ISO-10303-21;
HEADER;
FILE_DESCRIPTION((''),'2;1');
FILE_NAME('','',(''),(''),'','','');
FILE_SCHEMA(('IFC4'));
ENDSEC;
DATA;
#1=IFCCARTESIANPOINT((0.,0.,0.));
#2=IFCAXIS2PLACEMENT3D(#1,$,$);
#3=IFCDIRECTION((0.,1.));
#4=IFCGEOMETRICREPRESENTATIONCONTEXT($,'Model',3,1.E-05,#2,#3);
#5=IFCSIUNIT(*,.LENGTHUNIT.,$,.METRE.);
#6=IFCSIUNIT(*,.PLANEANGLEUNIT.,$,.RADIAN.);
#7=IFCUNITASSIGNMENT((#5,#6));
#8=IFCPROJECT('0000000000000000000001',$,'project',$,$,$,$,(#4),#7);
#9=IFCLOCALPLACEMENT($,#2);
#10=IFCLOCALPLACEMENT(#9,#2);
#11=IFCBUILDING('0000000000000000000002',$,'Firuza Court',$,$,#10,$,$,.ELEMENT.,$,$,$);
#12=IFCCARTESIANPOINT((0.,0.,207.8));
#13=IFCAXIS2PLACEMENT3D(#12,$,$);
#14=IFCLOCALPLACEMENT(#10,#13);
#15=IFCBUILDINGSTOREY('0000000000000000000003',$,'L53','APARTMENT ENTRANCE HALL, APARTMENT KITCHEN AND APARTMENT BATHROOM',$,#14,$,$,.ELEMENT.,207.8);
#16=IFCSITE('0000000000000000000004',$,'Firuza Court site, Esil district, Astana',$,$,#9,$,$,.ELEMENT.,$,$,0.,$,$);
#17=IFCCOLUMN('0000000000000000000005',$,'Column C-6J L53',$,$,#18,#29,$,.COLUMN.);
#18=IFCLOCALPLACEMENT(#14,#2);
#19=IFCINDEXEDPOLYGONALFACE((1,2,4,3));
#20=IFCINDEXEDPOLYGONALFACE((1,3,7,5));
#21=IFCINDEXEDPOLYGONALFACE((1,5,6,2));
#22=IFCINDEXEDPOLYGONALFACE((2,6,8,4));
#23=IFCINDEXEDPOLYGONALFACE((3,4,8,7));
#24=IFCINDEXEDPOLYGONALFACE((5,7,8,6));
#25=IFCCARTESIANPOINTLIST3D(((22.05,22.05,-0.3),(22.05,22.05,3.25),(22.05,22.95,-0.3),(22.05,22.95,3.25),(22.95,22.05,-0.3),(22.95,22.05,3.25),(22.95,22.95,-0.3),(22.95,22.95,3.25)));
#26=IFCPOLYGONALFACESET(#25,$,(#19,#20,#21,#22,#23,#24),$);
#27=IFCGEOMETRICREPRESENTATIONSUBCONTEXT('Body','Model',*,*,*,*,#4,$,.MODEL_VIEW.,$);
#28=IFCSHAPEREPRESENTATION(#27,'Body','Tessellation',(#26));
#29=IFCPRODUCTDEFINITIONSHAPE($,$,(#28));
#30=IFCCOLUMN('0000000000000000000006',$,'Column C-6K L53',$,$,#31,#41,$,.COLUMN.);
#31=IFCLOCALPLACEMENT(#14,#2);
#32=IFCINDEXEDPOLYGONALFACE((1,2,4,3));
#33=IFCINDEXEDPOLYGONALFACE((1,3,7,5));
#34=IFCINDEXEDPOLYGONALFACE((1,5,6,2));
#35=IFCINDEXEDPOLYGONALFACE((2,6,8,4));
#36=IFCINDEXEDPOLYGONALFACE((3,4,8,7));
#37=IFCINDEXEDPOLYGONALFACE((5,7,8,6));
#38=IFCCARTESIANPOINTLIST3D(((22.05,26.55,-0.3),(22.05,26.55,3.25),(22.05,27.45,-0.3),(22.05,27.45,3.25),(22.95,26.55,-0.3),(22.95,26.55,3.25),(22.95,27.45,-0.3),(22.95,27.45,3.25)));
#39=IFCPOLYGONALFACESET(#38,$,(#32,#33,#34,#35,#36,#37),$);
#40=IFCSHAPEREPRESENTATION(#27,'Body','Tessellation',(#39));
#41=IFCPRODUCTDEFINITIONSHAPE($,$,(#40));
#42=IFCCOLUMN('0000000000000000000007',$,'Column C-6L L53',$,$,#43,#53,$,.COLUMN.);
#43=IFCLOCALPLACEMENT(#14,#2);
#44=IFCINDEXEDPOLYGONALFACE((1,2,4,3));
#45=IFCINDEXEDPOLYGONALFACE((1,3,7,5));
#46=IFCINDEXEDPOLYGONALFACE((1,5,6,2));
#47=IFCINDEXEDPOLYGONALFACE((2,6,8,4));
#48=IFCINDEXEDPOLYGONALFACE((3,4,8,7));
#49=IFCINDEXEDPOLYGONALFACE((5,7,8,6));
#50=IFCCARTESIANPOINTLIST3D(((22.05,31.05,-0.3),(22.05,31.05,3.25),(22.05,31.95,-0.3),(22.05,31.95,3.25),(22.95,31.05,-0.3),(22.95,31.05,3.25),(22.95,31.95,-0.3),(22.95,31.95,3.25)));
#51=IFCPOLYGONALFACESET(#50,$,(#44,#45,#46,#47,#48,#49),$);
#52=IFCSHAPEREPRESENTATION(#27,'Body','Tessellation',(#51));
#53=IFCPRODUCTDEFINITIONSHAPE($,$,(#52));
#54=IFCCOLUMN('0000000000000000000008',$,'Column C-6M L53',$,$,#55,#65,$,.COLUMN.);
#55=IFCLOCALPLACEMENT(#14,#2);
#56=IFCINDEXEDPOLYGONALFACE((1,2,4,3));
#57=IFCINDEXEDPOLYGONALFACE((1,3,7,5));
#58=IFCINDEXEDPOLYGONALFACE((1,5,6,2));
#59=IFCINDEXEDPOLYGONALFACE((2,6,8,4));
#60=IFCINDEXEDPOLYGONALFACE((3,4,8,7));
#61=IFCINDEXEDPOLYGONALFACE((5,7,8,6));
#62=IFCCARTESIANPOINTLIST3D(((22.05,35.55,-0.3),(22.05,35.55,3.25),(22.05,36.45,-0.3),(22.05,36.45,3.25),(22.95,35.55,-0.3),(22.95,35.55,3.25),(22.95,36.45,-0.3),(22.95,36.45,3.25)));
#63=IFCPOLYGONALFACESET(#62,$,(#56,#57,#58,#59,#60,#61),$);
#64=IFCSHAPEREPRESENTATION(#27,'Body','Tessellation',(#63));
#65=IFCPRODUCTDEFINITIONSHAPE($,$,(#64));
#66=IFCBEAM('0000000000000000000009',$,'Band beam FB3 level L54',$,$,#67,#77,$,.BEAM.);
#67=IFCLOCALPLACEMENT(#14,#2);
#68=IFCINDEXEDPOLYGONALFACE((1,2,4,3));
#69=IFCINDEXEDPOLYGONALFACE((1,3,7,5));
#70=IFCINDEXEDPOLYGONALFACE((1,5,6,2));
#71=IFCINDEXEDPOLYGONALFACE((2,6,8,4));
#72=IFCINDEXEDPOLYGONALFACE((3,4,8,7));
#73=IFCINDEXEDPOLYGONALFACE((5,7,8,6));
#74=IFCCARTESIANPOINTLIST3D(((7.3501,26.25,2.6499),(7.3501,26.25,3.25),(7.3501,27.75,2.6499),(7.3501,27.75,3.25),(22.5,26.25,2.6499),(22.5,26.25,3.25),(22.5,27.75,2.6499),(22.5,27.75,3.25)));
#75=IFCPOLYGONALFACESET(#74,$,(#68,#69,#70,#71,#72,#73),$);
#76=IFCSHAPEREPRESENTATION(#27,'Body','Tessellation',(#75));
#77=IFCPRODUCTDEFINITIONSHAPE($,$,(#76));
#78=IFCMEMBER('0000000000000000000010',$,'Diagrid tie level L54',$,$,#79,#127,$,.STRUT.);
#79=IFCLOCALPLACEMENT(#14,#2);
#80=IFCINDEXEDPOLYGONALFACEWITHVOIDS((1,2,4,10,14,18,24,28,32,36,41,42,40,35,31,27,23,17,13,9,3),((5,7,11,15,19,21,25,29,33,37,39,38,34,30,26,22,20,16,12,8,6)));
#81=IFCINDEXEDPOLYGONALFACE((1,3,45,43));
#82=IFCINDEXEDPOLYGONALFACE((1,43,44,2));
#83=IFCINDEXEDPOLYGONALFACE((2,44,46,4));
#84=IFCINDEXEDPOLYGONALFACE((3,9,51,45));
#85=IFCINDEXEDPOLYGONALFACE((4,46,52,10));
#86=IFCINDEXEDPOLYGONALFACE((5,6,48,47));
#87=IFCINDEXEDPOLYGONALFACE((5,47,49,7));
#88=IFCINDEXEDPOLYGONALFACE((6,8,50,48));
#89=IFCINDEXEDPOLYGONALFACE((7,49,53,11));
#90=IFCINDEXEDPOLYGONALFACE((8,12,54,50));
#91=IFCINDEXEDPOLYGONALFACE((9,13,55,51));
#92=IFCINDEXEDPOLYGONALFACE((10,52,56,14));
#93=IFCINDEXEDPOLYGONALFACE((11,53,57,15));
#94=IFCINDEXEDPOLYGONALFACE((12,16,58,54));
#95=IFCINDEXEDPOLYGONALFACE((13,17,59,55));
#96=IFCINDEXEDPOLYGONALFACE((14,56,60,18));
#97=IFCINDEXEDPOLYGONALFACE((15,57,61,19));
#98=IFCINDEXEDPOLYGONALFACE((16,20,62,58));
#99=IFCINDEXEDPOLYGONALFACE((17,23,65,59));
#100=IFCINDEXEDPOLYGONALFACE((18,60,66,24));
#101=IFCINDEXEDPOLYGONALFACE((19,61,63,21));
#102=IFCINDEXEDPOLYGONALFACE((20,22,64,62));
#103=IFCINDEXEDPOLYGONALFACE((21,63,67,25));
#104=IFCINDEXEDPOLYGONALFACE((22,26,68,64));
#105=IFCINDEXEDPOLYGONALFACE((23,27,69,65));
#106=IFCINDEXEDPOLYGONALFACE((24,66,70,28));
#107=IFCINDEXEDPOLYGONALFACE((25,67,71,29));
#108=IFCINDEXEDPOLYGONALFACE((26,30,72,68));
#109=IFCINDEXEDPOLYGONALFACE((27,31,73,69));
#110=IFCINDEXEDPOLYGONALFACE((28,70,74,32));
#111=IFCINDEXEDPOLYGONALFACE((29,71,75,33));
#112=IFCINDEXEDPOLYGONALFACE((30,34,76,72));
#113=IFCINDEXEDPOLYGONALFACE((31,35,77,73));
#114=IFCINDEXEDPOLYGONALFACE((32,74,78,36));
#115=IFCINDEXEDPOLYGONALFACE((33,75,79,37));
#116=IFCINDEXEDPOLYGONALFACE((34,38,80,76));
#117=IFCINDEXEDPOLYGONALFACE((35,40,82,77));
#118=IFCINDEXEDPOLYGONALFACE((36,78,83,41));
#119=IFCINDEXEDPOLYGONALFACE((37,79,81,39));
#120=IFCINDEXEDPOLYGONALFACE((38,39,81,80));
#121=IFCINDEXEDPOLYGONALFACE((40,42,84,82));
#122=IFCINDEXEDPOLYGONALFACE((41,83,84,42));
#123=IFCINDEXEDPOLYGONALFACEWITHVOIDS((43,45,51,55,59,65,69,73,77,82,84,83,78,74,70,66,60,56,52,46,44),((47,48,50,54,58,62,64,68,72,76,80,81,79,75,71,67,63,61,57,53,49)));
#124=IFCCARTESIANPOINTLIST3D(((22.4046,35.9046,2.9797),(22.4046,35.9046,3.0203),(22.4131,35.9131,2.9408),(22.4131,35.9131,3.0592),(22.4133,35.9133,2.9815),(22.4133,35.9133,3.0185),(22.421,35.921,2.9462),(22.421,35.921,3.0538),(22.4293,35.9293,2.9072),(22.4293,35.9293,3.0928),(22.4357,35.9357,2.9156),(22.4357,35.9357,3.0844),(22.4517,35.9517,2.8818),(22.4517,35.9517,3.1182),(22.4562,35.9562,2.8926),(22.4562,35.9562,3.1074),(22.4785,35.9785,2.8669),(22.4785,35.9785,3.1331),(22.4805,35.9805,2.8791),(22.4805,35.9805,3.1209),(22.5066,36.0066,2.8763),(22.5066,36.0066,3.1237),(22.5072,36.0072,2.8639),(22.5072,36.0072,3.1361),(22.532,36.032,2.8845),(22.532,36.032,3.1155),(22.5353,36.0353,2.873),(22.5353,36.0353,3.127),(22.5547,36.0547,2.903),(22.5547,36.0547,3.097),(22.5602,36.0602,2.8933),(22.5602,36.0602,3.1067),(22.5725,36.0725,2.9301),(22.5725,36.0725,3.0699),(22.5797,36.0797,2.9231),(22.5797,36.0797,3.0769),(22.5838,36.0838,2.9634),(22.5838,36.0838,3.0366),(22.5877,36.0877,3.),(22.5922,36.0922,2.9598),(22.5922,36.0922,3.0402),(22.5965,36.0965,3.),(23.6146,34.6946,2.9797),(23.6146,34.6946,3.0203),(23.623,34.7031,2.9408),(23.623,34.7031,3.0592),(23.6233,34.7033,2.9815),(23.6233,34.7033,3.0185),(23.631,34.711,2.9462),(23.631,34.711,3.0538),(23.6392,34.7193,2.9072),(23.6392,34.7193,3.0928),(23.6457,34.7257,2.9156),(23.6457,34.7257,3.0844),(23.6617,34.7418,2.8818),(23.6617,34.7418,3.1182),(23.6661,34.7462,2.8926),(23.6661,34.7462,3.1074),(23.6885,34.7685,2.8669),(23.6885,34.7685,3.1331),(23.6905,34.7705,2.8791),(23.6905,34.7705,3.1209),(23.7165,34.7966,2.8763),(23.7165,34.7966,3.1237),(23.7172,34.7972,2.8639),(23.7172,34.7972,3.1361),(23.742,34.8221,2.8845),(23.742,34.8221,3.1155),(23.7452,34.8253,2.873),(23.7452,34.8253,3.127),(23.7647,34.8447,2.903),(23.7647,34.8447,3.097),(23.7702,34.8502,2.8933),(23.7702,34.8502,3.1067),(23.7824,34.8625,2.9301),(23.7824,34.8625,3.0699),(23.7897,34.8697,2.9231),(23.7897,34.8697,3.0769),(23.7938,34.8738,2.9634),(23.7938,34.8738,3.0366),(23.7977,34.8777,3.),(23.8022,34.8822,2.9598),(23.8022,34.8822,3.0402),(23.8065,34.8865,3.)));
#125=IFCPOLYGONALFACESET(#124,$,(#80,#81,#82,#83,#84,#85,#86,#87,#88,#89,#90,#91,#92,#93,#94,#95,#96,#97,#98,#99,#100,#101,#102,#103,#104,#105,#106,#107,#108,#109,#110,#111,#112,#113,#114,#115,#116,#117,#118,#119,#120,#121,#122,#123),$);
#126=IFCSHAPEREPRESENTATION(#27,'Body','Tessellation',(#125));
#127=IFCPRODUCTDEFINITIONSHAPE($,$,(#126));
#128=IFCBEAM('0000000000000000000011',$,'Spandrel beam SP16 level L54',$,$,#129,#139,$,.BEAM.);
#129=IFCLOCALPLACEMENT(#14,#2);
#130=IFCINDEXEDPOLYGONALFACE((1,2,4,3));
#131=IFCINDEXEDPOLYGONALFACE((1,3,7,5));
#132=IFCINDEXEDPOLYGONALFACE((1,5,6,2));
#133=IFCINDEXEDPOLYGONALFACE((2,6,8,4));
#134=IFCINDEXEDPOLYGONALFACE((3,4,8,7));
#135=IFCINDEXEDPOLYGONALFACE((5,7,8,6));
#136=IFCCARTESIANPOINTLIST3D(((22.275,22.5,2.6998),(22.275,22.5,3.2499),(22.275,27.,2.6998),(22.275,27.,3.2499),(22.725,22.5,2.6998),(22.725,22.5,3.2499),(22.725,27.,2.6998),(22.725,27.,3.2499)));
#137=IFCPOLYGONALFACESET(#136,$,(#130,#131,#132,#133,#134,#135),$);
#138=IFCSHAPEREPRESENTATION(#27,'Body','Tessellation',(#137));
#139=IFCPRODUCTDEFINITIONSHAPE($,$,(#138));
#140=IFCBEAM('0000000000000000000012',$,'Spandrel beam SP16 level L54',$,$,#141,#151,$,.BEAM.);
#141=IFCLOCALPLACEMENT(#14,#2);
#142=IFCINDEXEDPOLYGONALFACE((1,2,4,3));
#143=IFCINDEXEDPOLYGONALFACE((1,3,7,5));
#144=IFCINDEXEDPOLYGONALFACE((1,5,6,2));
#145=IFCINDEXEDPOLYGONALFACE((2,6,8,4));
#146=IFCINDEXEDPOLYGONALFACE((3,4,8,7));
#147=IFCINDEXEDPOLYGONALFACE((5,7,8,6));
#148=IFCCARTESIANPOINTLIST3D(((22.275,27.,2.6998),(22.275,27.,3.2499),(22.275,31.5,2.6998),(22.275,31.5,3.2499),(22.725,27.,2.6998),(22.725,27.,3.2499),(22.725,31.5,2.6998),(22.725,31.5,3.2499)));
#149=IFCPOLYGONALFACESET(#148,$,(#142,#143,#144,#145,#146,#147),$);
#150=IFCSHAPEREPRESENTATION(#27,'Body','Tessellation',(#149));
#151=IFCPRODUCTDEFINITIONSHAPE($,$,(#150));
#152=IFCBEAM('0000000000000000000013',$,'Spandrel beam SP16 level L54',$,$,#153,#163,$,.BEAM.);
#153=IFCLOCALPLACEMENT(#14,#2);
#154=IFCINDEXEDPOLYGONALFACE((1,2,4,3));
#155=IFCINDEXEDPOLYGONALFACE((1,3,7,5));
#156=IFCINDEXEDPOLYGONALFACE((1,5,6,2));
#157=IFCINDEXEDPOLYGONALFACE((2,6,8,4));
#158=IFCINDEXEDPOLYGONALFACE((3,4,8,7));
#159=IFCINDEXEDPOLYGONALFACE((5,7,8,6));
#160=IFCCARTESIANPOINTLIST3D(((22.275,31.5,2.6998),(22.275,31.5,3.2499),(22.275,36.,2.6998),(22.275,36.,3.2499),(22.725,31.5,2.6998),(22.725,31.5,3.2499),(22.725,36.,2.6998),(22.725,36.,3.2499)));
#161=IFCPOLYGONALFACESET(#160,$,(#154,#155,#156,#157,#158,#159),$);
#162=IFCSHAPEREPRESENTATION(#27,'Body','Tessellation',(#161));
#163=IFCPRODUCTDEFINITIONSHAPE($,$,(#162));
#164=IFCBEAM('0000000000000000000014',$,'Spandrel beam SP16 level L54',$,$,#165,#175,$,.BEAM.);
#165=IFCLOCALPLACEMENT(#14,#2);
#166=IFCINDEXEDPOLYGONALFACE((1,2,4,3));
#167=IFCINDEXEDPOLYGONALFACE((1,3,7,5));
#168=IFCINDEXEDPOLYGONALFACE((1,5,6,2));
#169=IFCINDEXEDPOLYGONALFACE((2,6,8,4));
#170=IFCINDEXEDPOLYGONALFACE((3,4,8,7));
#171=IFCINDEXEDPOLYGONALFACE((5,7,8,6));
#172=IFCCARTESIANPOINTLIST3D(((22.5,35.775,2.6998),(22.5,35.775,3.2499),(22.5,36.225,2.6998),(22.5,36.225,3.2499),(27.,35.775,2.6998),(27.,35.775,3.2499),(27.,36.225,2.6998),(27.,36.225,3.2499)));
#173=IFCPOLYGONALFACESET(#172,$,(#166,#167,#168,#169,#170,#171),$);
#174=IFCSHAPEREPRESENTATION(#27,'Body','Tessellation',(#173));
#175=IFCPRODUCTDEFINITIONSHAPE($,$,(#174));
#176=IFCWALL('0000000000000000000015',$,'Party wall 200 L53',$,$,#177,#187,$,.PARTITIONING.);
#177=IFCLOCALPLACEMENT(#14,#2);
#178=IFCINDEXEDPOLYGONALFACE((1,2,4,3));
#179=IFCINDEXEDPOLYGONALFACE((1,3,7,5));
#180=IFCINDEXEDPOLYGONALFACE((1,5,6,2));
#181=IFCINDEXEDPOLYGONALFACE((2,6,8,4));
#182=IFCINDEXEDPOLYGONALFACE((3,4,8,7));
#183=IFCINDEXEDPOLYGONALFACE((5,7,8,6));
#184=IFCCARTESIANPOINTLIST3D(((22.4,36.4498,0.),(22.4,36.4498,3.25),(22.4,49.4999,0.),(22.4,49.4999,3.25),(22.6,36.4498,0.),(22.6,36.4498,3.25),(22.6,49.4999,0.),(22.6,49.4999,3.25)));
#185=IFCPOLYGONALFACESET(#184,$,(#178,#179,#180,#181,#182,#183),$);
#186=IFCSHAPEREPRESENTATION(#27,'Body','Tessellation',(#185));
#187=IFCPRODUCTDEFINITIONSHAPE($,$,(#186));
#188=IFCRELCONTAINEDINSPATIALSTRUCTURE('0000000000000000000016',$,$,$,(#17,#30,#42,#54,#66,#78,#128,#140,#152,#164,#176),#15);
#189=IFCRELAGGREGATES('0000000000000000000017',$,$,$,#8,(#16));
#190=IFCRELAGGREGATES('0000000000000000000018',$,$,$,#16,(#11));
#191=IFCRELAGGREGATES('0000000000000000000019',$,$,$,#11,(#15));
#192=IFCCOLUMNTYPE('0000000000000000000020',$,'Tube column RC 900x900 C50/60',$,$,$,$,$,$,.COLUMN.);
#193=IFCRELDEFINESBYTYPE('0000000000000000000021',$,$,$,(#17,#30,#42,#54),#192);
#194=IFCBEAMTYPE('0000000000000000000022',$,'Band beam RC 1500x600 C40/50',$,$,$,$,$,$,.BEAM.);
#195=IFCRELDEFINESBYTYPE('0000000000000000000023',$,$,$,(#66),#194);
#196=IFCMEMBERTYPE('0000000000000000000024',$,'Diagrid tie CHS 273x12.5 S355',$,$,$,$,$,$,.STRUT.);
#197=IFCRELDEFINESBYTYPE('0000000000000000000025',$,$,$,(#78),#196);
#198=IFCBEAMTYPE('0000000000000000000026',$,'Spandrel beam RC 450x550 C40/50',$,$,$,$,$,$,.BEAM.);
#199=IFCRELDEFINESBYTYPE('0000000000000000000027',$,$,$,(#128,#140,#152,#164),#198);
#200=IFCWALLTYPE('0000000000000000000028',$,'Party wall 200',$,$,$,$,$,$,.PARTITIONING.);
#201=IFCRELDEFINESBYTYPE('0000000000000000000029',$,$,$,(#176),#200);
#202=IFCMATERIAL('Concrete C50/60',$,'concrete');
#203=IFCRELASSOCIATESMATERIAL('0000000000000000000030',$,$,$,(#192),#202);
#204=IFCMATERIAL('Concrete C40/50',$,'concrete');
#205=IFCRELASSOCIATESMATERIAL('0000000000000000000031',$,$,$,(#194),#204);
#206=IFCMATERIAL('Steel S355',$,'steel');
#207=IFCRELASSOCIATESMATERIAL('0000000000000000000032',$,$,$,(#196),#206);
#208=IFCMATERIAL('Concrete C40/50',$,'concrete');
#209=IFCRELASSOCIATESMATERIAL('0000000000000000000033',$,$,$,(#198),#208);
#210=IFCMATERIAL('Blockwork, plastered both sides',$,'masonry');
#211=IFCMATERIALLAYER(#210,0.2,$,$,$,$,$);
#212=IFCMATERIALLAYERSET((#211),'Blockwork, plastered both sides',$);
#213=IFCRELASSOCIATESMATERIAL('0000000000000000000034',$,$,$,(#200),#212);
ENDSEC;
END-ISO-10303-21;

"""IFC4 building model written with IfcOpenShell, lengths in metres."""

from ifc_helpers import new_model, si_unit, direction, frame, frame_2d, origin, origin_2d, place, context, subcontext, project, spatial, rectangle, hollow_circle, extrude, material, layer, layer_set, material_profile, profile_set, type_object, element, save


model = new_model("IFC4")

# Units and contexts
model_context = context("Model", 3, precision=1e-05, world=origin(), true_north=direction((0.0, 1.0)))
body_context = subcontext(model_context, "Body", "Model", "MODEL_VIEW")
ifc_project = project(units=[si_unit("LENGTHUNIT", "METRE"), si_unit("PLANEANGLEUNIT", "RADIAN")], contexts=[model_context])

# Site, building, storey
site_placement = place(None, origin())
site = spatial("IfcSite", under=ifc_project, at=site_placement, Name="Firuza Court site, Esil district, Astana", CompositionType="ELEMENT", RefElevation=0.0)
building_placement = place(site_placement, origin())
building = spatial("IfcBuilding", under=site, at=building_placement, Name="Firuza Court", CompositionType="ELEMENT")
storey_placement = place(building_placement, frame((0.0, 0.0, 207.8)))
storey = spatial("IfcBuildingStorey", under=building, at=storey_placement, Name="L53", Description="APARTMENT ENTRANCE HALL, APARTMENT KITCHEN AND APARTMENT BATHROOM", CompositionType="ELEMENT", Elevation=207.8)

# Columns
ifc_material_1 = material(Name="Concrete C50/60", Category="concrete")
ifc_material_profile_1 = material_profile(ifc_material_1, rectangle(XDim=0.8999, YDim=0.8999, at=origin_2d()), Name="RC 900x900")
ifc_profile_set_1 = profile_set([ifc_material_profile_1], Name="Concrete C50/60")
column_type = type_object("IfcColumnType", Name="Tube column RC 900x900 C50/60", PredefinedType="COLUMN", material=ifc_profile_set_1)
for number, where, z_axis, x_axis, name in (
    (1, (22.5, 22.5, -0.3), (0.0, 0.0, 1.0), (1.0, 0.0, 0.0), "Column C-6J L53"),
    (2, (22.5, 27.0, -0.3), (0.0, 0.0, 1.0), (1.0, 0.0, 0.0), "Column C-6K L53"),
    (3, (22.5, 31.5, -0.3), (0.0, 0.0, 1.0), (1.0, 0.0, 0.0), "Column C-6L L53"),
    (4, (22.5, 36.0, -0.3), (0.0, 0.0, 1.0), (1.0, 0.0, 0.0), "Column C-6M L53"),
):
    element("IfcColumn", number, at=place(storey_placement, frame(where, z_axis=z_axis, x_axis=x_axis)), inside=storey, type_object=column_type, Name=name, PredefinedType="COLUMN", context=body_context, shape_type="SweptSolid", body=[
        extrude(rectangle(XDim=0.8999, YDim=0.8999, at=origin_2d()), origin(), (0.0, 0.0, 1.0), 3.55),
    ])

# Beam
ifc_material_2 = material(Name="Concrete C40/50", Category="concrete")
ifc_material_profile_2 = material_profile(ifc_material_2, rectangle(XDim=1.5, YDim=0.6001, at=origin_2d()), Name="RC 1500x600")
ifc_profile_set_2 = profile_set([ifc_material_profile_2], Name="Concrete C40/50")
beam_type_1 = type_object("IfcBeamType", Name="Band beam RC 1500x600 C40/50", PredefinedType="BEAM", material=ifc_profile_set_2)
beam_placement = place(storey_placement, frame((22.5, 27.0, 2.95), z_axis=(-1.0, 0.0, 0.0), x_axis=(0.0, -1.0, 0.0)))
element("IfcBeam", 5, at=beam_placement, inside=storey, type_object=beam_type_1, Name="Band beam FB3 level L54", PredefinedType="BEAM", context=body_context, shape_type="SweptSolid", body=[
    extrude(rectangle(XDim=1.5, YDim=0.6001, at=origin_2d()), origin(), (0.0, 0.0, 1.0), 15.1499),
])

# Member
ifc_material_3 = material(Name="Steel S355", Category="steel")
ifc_material_profile_3 = material_profile(ifc_material_3, hollow_circle(Radius=0.1365, WallThickness=0.0125, at=origin_2d()), Name="CHS 273x12.5")
ifc_profile_set_3 = profile_set([ifc_material_profile_3], Name="Steel S355")
member_type = type_object("IfcMemberType", Name="Diagrid tie CHS 273x12.5 S355", PredefinedType="STRUT", material=ifc_profile_set_3)
member_placement = place(storey_placement, frame((22.5, 36.0, 3.0), z_axis=(0.707107, -0.707107, 0.0), x_axis=(0.707107, 0.707107, 0.0)))
element("IfcMember", 6, at=member_placement, inside=storey, type_object=member_type, Name="Diagrid tie level L54", PredefinedType="STRUT", context=body_context, shape_type="SweptSolid", body=[
    extrude(hollow_circle(Radius=0.1365, WallThickness=0.0125, at=origin_2d()), origin(), (0.0, 0.0, 1.0), 1.7112),
])

# Beams
ifc_material_4 = material(Name="Concrete C40/50", Category="concrete")
ifc_material_profile_4 = material_profile(ifc_material_4, rectangle(XDim=0.45, YDim=0.55, at=origin_2d()), Name="RC 450x550")
ifc_profile_set_4 = profile_set([ifc_material_profile_4], Name="Concrete C40/50")
beam_type_2 = type_object("IfcBeamType", Name="Spandrel beam RC 450x550 C40/50", PredefinedType="BEAM", material=ifc_profile_set_4)
for number, where, z_axis, x_axis, name in (
    (7, (22.5, 22.5, 2.9749), (0.0, 1.0, 0.0), (-1.0, 0.0, 0.0), "Spandrel beam SP16 level L54"),
    (8, (22.5, 27.0, 2.9749), (0.0, 1.0, 0.0), (-1.0, 0.0, 0.0), "Spandrel beam SP16 level L54"),
    (9, (22.5, 31.5, 2.9749), (0.0, 1.0, 0.0), (-1.0, 0.0, 0.0), "Spandrel beam SP16 level L54"),
    (10, (22.5, 36.0, 2.9749), (1.0, 0.0, 0.0), (0.0, 1.0, 0.0), "Spandrel beam SP16 level L54"),
):
    element("IfcBeam", number, at=place(storey_placement, frame(where, z_axis=z_axis, x_axis=x_axis)), inside=storey, type_object=beam_type_2, Name=name, PredefinedType="BEAM", context=body_context, shape_type="SweptSolid", body=[
        extrude(rectangle(XDim=0.45, YDim=0.55, at=origin_2d()), origin(), (0.0, 0.0, 1.0), 4.5),
    ])

# Wall
ifc_material_5 = material(Name="Blockwork, plastered both sides", Category="masonry")
ifc_layer_1 = layer(ifc_material_5, 0.2)
ifc_layer_set_1 = layer_set([ifc_layer_1], Name="Blockwork, plastered both sides")
wall_type_1 = type_object("IfcWallType", Name="Party wall 200", PredefinedType="PARTITIONING", material=ifc_layer_set_1)
wall_1_placement = place(storey_placement, frame((22.5, 36.45, 0.0), z_axis=(0.0, 0.0, 1.0), x_axis=(0.0, 1.0, 0.0)))
element("IfcWall", 11, at=wall_1_placement, inside=storey, type_object=wall_type_1, Name="Party wall 200 L53", PredefinedType="PARTITIONING", context=body_context, shape_type="SweptSolid", body=[
    extrude(rectangle(XDim=13.05, YDim=0.2, at=frame_2d((6.5249, 0.0))), origin(), (0.0, 0.0, 1.0), 3.25),
])

save(model, "model.ifc")
